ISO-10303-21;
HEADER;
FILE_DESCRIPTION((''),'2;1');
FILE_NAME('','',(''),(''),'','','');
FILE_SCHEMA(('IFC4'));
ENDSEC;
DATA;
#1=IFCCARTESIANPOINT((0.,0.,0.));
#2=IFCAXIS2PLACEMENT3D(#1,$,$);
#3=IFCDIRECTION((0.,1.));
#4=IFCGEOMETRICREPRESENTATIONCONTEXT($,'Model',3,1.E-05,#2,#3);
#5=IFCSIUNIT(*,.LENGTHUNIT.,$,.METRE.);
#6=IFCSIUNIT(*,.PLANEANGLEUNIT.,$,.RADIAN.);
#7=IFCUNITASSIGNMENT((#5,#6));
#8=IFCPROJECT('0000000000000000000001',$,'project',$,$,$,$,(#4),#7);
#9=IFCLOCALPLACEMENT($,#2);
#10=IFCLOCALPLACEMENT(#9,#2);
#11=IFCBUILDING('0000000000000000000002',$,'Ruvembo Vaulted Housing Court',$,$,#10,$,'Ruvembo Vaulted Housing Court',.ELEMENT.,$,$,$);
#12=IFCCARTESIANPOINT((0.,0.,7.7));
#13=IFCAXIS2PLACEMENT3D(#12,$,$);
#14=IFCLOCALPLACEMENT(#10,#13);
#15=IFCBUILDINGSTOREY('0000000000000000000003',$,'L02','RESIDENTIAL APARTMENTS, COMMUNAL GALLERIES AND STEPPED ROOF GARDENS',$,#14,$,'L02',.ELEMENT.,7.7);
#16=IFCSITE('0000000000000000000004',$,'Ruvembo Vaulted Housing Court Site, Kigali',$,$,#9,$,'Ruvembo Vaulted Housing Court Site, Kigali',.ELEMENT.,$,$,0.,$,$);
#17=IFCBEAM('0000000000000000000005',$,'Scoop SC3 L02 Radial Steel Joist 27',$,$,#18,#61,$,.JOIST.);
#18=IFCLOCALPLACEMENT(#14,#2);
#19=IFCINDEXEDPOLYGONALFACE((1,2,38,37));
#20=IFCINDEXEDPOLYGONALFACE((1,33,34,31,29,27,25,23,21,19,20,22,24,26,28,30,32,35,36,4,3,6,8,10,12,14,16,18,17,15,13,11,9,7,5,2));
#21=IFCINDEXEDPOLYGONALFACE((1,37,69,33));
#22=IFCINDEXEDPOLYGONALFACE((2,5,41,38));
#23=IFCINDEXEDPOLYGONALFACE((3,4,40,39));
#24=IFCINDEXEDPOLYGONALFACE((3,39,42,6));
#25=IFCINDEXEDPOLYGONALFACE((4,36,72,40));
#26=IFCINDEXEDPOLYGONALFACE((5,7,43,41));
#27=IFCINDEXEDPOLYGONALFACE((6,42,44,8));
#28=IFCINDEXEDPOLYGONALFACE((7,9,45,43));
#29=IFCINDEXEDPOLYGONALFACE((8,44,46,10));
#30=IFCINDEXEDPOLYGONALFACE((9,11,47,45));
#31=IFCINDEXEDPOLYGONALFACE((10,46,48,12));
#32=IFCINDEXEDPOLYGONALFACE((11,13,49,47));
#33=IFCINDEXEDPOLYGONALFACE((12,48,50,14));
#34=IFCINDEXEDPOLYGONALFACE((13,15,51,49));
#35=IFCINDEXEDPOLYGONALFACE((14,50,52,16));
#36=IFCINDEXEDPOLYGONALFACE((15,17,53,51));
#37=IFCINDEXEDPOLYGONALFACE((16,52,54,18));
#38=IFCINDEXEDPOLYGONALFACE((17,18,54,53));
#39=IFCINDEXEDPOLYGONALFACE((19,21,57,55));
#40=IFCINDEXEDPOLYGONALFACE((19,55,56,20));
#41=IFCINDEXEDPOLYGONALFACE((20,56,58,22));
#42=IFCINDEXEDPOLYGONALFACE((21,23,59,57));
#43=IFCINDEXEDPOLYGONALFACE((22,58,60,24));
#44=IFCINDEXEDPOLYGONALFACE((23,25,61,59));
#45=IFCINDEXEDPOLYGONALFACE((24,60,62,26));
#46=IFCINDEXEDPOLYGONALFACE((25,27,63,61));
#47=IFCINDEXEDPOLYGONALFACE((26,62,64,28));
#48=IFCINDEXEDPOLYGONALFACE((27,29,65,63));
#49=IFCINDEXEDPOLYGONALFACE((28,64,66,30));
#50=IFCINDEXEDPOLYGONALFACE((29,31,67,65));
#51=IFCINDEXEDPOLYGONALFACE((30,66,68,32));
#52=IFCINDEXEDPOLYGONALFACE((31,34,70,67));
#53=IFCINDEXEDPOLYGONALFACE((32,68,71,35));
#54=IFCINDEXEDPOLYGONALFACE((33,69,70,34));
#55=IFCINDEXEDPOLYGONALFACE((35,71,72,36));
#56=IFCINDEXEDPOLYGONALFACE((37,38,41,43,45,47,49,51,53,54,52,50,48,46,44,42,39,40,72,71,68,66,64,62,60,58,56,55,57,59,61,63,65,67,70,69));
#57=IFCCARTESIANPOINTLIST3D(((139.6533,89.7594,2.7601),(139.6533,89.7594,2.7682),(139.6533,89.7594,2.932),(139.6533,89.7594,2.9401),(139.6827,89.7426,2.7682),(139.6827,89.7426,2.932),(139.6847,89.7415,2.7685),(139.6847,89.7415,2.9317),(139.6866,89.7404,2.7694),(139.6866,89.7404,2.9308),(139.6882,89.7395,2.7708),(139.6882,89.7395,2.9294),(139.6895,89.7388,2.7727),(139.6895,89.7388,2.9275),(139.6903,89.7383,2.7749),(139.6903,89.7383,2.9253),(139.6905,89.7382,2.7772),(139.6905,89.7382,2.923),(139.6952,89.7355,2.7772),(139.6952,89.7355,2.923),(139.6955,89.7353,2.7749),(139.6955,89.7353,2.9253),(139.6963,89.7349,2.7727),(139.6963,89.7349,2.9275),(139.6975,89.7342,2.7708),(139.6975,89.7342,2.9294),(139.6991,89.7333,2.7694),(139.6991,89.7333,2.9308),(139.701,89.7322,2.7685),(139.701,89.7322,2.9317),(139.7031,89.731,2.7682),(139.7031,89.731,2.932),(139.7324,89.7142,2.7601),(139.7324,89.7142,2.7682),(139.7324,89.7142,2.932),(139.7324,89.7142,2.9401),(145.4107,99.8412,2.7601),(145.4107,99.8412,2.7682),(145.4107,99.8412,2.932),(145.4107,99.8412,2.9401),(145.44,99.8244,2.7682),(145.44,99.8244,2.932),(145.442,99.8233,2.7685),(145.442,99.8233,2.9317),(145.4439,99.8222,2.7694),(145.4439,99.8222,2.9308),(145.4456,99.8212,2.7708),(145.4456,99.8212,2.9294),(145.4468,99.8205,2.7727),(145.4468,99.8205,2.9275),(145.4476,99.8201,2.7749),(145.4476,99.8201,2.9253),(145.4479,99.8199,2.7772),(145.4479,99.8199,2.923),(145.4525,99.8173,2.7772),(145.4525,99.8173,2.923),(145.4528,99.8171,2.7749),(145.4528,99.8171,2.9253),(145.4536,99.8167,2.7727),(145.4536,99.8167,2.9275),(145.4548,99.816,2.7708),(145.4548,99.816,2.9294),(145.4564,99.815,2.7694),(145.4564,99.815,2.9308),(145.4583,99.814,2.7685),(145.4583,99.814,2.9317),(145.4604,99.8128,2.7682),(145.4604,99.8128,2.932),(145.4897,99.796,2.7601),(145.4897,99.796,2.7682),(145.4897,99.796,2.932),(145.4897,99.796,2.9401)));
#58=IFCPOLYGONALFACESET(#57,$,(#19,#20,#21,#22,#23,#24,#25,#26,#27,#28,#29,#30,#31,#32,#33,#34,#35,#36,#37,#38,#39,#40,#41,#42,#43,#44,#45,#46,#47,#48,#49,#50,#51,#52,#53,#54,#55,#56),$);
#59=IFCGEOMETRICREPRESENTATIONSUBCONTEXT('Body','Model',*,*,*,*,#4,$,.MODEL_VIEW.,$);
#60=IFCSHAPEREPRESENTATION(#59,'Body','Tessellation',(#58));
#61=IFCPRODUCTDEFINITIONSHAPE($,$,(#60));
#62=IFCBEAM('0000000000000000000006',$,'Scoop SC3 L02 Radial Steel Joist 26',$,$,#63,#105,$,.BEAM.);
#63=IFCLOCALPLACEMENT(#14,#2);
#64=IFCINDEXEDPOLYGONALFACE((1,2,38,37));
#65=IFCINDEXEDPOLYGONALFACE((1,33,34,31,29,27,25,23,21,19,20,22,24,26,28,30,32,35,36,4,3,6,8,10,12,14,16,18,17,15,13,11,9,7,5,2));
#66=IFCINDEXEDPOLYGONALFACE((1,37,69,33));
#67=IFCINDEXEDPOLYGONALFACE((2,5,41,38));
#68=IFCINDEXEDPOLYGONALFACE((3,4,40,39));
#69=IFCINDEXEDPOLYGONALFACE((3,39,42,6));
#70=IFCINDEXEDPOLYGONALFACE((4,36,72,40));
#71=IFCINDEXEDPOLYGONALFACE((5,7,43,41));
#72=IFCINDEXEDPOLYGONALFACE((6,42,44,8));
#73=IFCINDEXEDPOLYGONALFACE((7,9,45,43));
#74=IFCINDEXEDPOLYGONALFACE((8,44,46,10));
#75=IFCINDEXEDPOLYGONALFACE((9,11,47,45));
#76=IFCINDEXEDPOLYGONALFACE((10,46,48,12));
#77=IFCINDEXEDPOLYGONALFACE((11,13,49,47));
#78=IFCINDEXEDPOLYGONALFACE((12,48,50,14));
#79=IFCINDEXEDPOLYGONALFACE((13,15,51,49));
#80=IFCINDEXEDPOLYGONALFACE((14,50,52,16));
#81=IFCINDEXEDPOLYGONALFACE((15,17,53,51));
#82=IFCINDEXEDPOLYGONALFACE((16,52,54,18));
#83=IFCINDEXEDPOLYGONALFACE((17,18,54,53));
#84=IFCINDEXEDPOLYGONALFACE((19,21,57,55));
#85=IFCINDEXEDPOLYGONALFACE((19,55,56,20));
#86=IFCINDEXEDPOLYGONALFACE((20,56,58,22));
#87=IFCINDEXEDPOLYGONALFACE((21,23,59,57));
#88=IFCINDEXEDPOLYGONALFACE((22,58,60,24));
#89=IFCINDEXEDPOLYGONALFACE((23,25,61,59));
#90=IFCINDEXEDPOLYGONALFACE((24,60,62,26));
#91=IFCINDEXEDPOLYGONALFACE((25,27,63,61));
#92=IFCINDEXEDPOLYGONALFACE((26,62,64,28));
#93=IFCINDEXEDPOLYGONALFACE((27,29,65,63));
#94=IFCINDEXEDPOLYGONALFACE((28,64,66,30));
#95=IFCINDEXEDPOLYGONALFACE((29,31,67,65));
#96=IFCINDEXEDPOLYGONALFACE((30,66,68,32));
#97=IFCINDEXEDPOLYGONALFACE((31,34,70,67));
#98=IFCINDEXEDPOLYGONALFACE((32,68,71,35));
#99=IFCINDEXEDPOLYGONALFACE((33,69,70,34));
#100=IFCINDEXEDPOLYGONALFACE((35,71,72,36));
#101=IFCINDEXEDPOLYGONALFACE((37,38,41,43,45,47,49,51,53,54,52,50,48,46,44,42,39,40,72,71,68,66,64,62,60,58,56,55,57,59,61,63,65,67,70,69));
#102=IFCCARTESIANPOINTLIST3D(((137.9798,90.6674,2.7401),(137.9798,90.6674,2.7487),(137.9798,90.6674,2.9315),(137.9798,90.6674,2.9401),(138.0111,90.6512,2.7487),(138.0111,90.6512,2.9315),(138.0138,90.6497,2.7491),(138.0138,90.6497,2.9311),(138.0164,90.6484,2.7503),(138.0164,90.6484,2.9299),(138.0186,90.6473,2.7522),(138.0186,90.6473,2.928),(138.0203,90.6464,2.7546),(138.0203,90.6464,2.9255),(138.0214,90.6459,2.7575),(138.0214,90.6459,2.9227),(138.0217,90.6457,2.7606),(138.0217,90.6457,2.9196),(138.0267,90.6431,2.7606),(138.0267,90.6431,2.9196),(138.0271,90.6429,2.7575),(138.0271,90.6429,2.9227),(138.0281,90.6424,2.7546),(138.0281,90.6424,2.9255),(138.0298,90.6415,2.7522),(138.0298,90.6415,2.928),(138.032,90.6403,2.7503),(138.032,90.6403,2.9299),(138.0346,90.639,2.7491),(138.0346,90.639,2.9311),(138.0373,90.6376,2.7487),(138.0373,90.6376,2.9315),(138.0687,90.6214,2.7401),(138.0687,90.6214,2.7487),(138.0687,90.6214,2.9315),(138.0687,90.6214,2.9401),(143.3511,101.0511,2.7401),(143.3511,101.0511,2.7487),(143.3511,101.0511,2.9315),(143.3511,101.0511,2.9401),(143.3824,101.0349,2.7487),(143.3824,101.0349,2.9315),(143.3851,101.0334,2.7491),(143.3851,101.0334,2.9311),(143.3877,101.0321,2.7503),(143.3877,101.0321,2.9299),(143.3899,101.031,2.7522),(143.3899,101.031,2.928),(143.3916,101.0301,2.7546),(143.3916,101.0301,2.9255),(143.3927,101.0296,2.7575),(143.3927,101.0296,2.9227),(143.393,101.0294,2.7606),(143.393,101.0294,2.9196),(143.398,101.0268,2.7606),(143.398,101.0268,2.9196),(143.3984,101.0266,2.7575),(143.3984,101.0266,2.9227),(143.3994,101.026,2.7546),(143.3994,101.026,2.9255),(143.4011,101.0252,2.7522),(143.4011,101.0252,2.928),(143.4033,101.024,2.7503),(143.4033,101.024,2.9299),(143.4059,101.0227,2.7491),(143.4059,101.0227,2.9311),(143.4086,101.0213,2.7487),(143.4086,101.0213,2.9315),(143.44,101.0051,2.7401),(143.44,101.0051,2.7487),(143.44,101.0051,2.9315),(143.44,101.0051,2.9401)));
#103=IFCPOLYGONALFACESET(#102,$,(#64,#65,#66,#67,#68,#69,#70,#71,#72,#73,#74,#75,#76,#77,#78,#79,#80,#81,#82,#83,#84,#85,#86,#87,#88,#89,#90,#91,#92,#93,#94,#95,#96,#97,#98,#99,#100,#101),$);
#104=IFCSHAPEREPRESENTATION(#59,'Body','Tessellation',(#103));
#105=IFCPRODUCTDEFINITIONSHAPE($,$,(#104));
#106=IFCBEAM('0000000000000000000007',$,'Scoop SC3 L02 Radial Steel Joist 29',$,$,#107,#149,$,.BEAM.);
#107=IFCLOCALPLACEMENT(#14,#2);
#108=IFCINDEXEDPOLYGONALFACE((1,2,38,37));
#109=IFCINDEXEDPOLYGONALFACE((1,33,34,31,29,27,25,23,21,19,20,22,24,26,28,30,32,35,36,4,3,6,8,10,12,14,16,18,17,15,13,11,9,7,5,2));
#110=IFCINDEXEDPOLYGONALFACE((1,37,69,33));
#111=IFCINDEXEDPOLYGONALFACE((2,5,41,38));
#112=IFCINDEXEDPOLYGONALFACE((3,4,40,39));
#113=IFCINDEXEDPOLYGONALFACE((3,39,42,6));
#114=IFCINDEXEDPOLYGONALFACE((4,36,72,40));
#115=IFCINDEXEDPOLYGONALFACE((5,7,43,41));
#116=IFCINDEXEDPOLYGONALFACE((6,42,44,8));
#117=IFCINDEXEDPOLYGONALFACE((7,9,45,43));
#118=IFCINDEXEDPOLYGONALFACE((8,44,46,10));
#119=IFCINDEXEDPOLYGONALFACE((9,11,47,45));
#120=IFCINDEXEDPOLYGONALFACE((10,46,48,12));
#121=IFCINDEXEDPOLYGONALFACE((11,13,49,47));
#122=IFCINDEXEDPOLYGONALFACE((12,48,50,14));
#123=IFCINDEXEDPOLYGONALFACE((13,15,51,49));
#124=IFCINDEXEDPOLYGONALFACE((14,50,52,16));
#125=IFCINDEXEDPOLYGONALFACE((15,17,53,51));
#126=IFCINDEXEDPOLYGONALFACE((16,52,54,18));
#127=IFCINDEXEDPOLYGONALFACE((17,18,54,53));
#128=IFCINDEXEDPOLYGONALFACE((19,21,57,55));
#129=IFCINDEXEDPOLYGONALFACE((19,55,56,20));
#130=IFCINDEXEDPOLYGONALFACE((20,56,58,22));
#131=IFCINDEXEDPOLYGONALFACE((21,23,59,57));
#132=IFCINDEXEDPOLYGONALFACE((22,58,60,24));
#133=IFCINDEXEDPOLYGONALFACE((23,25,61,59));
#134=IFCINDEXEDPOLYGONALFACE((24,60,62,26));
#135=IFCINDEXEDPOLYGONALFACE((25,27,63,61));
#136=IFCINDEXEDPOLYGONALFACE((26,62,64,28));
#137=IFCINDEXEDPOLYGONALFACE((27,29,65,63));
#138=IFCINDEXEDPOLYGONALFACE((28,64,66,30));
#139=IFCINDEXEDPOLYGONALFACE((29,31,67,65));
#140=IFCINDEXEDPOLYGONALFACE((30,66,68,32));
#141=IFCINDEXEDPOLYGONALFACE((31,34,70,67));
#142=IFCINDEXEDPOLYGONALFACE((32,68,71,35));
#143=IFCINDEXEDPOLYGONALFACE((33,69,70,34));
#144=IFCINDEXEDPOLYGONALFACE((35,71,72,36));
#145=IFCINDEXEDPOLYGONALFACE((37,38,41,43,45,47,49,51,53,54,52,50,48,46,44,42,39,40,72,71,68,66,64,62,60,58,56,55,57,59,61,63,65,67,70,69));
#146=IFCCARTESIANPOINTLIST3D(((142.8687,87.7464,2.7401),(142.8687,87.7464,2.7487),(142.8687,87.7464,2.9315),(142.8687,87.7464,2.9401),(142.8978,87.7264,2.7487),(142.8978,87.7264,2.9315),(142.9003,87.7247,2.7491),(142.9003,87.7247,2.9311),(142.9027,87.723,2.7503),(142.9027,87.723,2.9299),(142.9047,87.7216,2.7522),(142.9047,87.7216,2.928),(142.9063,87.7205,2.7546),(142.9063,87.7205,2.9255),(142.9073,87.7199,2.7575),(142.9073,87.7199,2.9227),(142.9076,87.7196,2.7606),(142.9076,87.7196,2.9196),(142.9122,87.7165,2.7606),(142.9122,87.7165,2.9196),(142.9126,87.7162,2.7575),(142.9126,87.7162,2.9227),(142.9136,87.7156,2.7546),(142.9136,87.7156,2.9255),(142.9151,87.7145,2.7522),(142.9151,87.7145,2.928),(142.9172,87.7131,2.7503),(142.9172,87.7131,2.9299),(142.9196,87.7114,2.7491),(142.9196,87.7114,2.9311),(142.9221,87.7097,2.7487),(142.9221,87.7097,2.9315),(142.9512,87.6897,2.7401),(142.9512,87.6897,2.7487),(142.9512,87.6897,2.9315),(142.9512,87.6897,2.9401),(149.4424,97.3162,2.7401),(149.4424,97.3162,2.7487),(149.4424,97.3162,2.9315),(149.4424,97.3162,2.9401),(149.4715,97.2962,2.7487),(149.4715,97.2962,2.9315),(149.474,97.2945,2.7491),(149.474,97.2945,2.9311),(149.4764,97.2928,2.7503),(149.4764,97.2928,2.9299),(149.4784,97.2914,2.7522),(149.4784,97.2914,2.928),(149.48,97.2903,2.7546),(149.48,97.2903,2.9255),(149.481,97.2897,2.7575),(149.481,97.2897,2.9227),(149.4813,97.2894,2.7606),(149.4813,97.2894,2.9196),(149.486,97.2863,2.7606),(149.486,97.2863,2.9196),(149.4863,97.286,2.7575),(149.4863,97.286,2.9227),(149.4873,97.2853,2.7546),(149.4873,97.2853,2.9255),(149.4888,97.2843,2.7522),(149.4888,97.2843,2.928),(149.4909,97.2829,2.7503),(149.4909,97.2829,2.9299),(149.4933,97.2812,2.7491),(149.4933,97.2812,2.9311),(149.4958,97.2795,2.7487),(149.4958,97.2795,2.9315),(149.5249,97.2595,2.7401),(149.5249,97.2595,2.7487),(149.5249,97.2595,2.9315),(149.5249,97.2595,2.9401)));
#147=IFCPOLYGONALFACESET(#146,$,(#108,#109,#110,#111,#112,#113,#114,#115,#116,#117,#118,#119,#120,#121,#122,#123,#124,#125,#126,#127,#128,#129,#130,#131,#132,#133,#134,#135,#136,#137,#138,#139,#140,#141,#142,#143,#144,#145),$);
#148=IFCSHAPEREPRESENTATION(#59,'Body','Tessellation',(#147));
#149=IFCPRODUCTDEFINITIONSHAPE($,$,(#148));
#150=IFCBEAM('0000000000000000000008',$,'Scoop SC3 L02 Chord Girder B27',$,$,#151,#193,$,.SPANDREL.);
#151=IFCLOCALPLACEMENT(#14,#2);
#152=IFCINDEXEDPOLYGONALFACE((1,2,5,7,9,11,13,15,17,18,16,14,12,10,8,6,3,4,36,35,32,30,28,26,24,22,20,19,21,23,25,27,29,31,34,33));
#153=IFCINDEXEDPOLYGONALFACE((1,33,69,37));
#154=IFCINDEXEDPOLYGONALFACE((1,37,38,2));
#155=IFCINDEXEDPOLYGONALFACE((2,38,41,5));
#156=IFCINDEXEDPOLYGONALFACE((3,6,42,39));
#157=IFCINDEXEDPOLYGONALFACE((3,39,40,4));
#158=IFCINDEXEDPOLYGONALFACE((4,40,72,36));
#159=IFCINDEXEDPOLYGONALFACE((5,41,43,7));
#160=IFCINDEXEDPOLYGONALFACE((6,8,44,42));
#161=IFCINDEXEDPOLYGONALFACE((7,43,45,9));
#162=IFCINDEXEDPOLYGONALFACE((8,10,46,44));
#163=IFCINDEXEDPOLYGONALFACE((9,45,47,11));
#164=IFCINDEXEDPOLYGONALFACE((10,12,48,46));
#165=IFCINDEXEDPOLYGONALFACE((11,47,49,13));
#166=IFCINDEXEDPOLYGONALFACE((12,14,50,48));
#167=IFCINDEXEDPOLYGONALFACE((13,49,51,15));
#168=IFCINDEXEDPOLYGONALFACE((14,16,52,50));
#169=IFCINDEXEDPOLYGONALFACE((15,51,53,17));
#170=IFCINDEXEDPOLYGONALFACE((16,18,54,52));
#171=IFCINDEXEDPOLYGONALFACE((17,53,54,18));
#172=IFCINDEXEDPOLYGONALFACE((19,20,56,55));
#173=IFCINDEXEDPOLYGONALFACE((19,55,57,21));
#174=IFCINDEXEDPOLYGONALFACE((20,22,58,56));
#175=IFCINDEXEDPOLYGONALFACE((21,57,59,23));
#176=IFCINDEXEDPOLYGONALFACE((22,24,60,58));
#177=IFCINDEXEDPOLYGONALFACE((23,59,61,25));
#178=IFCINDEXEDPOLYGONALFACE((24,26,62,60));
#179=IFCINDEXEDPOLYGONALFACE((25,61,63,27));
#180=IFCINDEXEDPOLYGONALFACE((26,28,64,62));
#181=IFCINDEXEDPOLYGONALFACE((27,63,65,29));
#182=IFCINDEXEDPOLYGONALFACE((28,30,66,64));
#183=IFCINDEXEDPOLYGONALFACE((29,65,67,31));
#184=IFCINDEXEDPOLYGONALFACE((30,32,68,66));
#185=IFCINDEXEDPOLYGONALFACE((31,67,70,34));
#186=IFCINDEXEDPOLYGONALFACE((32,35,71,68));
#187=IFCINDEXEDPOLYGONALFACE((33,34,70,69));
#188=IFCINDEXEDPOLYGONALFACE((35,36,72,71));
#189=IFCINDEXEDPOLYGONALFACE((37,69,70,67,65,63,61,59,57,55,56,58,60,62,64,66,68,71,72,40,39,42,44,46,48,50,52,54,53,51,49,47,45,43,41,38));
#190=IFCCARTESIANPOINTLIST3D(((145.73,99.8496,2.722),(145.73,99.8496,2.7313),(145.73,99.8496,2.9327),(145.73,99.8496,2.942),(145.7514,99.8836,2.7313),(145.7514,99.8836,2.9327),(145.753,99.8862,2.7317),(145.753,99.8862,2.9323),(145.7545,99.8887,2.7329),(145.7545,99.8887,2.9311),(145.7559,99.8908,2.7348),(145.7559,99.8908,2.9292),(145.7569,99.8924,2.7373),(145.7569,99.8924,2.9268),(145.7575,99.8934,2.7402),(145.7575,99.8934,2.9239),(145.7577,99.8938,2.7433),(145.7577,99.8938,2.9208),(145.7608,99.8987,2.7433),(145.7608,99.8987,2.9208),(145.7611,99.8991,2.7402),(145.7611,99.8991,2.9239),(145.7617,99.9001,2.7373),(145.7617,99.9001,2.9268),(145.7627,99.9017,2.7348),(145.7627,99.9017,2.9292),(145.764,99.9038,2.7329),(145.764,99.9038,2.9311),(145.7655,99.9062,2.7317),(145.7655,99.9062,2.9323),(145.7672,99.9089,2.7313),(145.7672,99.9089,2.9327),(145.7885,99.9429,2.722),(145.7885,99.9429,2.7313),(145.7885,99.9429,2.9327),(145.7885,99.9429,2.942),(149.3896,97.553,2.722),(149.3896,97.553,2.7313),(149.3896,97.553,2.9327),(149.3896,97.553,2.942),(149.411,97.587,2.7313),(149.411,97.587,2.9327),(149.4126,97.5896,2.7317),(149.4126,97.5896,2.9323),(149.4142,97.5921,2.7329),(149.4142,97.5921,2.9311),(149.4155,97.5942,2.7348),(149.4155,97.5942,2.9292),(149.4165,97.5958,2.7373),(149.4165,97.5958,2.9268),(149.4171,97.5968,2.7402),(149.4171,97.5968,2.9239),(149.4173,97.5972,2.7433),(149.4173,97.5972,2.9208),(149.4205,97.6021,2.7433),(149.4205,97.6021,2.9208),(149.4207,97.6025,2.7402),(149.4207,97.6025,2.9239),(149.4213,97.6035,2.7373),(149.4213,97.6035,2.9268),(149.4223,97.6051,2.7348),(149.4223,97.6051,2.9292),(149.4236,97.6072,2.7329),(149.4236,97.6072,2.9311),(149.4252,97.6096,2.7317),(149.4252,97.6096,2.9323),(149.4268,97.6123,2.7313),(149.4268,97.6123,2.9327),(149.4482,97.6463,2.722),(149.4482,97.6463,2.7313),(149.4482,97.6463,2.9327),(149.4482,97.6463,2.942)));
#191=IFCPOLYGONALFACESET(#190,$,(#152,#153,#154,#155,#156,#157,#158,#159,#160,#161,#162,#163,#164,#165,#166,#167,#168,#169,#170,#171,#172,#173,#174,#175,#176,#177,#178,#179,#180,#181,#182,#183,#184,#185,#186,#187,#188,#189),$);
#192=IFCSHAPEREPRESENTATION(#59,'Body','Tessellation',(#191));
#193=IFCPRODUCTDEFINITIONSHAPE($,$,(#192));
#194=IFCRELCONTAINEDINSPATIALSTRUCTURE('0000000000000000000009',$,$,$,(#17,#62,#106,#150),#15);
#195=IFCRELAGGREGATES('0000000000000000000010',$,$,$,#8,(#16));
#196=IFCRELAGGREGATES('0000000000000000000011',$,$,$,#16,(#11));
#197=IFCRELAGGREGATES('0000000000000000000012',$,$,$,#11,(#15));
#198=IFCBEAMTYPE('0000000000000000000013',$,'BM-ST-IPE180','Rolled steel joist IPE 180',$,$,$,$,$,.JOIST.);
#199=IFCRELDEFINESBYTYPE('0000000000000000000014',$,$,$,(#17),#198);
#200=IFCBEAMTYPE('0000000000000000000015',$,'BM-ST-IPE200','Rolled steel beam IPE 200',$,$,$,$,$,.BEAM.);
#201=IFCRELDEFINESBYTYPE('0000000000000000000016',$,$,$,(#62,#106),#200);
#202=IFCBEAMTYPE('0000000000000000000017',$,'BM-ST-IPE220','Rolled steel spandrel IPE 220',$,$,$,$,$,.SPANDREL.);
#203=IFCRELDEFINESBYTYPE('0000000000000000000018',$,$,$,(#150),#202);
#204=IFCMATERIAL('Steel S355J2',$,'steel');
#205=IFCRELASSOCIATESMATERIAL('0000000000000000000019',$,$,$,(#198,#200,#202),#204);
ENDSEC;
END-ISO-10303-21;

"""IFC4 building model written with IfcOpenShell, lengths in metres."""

from ifc_helpers import new_model, si_unit, direction, frame, origin, origin_2d, place, context, subcontext, project, spatial, i_section, extrude, material, material_profile, profile_set, type_object, element, save


model = new_model("IFC4")

# Units and contexts
model_context = context("Model", 3, precision=1e-05, world=origin(), true_north=direction((0.0, 1.0)))
body_context = subcontext(model_context, "Body", "Model", "MODEL_VIEW")
ifc_project = project(units=[si_unit("LENGTHUNIT", "METRE"), si_unit("PLANEANGLEUNIT", "RADIAN")], contexts=[model_context])

# Site, building, storey
site_placement = place(None, origin())
site = spatial("IfcSite", under=ifc_project, at=site_placement, Name="Ruvembo Vaulted Housing Court Site, Kigali", LongName="Ruvembo Vaulted Housing Court Site, Kigali", CompositionType="ELEMENT", RefElevation=0.0)
building_placement = place(site_placement, origin())
building = spatial("IfcBuilding", under=site, at=building_placement, Name="Ruvembo Vaulted Housing Court", LongName="Ruvembo Vaulted Housing Court", CompositionType="ELEMENT")
storey_placement = place(building_placement, frame((0.0, 0.0, 7.7)))
storey = spatial("IfcBuildingStorey", under=building, at=storey_placement, Name="L02", Description="RESIDENTIAL APARTMENTS, COMMUNAL GALLERIES AND STEPPED ROOF GARDENS", LongName="L02", CompositionType="ELEMENT", Elevation=7.7)

# Beams
ifc_material_1 = material(Name="Steel S355J2", Category="steel")
ifc_material_profile_1 = material_profile(ifc_material_1, i_section(OverallWidth=0.0911, OverallDepth=0.1799, WebThickness=0.0054, FlangeThickness=0.0081, FilletRadius=0.009, at=origin_2d()), Name="IPE 180")
ifc_profile_set_1 = profile_set([ifc_material_profile_1], Name="Steel S355J2")
beam_type_1 = type_object("IfcBeamType", Name="BM-ST-IPE180", Description="Rolled steel joist IPE 180", PredefinedType="JOIST", material=ifc_profile_set_1)
beam_1_placement = place(storey_placement, frame((145.4502, 99.8186, 2.8501), z_axis=(-0.495899, -0.86838, 0.0), x_axis=(0.86838, -0.495899, 0.0)))
element("IfcBeam", 1, at=beam_1_placement, inside=storey, type_object=beam_type_1, Name="Scoop SC3 L02 Radial Steel Joist 27", PredefinedType="JOIST", context=body_context, shape_type="SweptSolid", body=[
    extrude(i_section(OverallWidth=0.0911, OverallDepth=0.1799, WebThickness=0.0054, FlangeThickness=0.0081, FilletRadius=0.009, at=origin_2d()), origin(), (0.0, 0.0, 1.0), 11.6099),
])
ifc_material_profile_2 = material_profile(ifc_material_1, i_section(OverallWidth=0.1001, OverallDepth=0.2, WebThickness=0.0056, FlangeThickness=0.0085, FilletRadius=0.012, at=origin_2d()), Name="IPE 200")
ifc_profile_set_2 = profile_set([ifc_material_profile_2], Name="Steel S355J2")
beam_type_2 = type_object("IfcBeamType", Name="BM-ST-IPE200", Description="Rolled steel beam IPE 200", PredefinedType="BEAM", material=ifc_profile_set_2)
beam_2_placement = place(storey_placement, frame((143.3955, 101.0281, 2.8401), z_axis=(-0.459451, -0.888203, 0.0), x_axis=(0.888203, -0.459451, 0.0)))
element("IfcBeam", 2, at=beam_2_placement, inside=storey, type_object=beam_type_2, Name="Scoop SC3 L02 Radial Steel Joist 26", PredefinedType="BEAM", context=body_context, shape_type="SweptSolid", body=[
    extrude(i_section(OverallWidth=0.1001, OverallDepth=0.2, WebThickness=0.0056, FlangeThickness=0.0085, FilletRadius=0.012, at=origin_2d()), origin(), (0.0, 0.0, 1.0), 11.6907),
])
beam_3_placement = place(storey_placement, frame((149.4836, 97.2878, 2.8401), z_axis=(-0.566206, -0.824264, 0.0), x_axis=(0.824264, -0.566206, 0.0)))
element("IfcBeam", 3, at=beam_3_placement, inside=storey, type_object=beam_type_2, Name="Scoop SC3 L02 Radial Steel Joist 29", PredefinedType="BEAM", context=body_context, shape_type="SweptSolid", body=[
    extrude(i_section(OverallWidth=0.1001, OverallDepth=0.2, WebThickness=0.0056, FlangeThickness=0.0085, FilletRadius=0.012, at=origin_2d()), origin(), (0.0, 0.0, 1.0), 11.6101),
])
ifc_material_profile_3 = material_profile(ifc_material_1, i_section(OverallWidth=0.1101, OverallDepth=0.22, WebThickness=0.0059, FlangeThickness=0.0093, FilletRadius=0.012, at=origin_2d()), Name="IPE 220")
ifc_profile_set_3 = profile_set([ifc_material_profile_3], Name="Steel S355J2")
beam_type_3 = type_object("IfcBeamType", Name="BM-ST-IPE220", Description="Rolled steel spandrel IPE 220", PredefinedType="SPANDREL", material=ifc_profile_set_3)
beam_4_placement = place(storey_placement, frame((145.7593, 99.8962, 2.832), z_axis=(0.847025, -0.531552, 0.0), x_axis=(0.531552, 0.847025, 0.0)))
element("IfcBeam", 4, at=beam_4_placement, inside=storey, type_object=beam_type_3, Name="Scoop SC3 L02 Chord Girder B27", PredefinedType="SPANDREL", context=body_context, shape_type="SweptSolid", body=[
    extrude(i_section(OverallWidth=0.1101, OverallDepth=0.22, WebThickness=0.0059, FlangeThickness=0.0093, FilletRadius=0.012, at=origin_2d()), origin(), (0.0, 0.0, 1.0), 4.3206),
])

save(model, "model.ifc")
